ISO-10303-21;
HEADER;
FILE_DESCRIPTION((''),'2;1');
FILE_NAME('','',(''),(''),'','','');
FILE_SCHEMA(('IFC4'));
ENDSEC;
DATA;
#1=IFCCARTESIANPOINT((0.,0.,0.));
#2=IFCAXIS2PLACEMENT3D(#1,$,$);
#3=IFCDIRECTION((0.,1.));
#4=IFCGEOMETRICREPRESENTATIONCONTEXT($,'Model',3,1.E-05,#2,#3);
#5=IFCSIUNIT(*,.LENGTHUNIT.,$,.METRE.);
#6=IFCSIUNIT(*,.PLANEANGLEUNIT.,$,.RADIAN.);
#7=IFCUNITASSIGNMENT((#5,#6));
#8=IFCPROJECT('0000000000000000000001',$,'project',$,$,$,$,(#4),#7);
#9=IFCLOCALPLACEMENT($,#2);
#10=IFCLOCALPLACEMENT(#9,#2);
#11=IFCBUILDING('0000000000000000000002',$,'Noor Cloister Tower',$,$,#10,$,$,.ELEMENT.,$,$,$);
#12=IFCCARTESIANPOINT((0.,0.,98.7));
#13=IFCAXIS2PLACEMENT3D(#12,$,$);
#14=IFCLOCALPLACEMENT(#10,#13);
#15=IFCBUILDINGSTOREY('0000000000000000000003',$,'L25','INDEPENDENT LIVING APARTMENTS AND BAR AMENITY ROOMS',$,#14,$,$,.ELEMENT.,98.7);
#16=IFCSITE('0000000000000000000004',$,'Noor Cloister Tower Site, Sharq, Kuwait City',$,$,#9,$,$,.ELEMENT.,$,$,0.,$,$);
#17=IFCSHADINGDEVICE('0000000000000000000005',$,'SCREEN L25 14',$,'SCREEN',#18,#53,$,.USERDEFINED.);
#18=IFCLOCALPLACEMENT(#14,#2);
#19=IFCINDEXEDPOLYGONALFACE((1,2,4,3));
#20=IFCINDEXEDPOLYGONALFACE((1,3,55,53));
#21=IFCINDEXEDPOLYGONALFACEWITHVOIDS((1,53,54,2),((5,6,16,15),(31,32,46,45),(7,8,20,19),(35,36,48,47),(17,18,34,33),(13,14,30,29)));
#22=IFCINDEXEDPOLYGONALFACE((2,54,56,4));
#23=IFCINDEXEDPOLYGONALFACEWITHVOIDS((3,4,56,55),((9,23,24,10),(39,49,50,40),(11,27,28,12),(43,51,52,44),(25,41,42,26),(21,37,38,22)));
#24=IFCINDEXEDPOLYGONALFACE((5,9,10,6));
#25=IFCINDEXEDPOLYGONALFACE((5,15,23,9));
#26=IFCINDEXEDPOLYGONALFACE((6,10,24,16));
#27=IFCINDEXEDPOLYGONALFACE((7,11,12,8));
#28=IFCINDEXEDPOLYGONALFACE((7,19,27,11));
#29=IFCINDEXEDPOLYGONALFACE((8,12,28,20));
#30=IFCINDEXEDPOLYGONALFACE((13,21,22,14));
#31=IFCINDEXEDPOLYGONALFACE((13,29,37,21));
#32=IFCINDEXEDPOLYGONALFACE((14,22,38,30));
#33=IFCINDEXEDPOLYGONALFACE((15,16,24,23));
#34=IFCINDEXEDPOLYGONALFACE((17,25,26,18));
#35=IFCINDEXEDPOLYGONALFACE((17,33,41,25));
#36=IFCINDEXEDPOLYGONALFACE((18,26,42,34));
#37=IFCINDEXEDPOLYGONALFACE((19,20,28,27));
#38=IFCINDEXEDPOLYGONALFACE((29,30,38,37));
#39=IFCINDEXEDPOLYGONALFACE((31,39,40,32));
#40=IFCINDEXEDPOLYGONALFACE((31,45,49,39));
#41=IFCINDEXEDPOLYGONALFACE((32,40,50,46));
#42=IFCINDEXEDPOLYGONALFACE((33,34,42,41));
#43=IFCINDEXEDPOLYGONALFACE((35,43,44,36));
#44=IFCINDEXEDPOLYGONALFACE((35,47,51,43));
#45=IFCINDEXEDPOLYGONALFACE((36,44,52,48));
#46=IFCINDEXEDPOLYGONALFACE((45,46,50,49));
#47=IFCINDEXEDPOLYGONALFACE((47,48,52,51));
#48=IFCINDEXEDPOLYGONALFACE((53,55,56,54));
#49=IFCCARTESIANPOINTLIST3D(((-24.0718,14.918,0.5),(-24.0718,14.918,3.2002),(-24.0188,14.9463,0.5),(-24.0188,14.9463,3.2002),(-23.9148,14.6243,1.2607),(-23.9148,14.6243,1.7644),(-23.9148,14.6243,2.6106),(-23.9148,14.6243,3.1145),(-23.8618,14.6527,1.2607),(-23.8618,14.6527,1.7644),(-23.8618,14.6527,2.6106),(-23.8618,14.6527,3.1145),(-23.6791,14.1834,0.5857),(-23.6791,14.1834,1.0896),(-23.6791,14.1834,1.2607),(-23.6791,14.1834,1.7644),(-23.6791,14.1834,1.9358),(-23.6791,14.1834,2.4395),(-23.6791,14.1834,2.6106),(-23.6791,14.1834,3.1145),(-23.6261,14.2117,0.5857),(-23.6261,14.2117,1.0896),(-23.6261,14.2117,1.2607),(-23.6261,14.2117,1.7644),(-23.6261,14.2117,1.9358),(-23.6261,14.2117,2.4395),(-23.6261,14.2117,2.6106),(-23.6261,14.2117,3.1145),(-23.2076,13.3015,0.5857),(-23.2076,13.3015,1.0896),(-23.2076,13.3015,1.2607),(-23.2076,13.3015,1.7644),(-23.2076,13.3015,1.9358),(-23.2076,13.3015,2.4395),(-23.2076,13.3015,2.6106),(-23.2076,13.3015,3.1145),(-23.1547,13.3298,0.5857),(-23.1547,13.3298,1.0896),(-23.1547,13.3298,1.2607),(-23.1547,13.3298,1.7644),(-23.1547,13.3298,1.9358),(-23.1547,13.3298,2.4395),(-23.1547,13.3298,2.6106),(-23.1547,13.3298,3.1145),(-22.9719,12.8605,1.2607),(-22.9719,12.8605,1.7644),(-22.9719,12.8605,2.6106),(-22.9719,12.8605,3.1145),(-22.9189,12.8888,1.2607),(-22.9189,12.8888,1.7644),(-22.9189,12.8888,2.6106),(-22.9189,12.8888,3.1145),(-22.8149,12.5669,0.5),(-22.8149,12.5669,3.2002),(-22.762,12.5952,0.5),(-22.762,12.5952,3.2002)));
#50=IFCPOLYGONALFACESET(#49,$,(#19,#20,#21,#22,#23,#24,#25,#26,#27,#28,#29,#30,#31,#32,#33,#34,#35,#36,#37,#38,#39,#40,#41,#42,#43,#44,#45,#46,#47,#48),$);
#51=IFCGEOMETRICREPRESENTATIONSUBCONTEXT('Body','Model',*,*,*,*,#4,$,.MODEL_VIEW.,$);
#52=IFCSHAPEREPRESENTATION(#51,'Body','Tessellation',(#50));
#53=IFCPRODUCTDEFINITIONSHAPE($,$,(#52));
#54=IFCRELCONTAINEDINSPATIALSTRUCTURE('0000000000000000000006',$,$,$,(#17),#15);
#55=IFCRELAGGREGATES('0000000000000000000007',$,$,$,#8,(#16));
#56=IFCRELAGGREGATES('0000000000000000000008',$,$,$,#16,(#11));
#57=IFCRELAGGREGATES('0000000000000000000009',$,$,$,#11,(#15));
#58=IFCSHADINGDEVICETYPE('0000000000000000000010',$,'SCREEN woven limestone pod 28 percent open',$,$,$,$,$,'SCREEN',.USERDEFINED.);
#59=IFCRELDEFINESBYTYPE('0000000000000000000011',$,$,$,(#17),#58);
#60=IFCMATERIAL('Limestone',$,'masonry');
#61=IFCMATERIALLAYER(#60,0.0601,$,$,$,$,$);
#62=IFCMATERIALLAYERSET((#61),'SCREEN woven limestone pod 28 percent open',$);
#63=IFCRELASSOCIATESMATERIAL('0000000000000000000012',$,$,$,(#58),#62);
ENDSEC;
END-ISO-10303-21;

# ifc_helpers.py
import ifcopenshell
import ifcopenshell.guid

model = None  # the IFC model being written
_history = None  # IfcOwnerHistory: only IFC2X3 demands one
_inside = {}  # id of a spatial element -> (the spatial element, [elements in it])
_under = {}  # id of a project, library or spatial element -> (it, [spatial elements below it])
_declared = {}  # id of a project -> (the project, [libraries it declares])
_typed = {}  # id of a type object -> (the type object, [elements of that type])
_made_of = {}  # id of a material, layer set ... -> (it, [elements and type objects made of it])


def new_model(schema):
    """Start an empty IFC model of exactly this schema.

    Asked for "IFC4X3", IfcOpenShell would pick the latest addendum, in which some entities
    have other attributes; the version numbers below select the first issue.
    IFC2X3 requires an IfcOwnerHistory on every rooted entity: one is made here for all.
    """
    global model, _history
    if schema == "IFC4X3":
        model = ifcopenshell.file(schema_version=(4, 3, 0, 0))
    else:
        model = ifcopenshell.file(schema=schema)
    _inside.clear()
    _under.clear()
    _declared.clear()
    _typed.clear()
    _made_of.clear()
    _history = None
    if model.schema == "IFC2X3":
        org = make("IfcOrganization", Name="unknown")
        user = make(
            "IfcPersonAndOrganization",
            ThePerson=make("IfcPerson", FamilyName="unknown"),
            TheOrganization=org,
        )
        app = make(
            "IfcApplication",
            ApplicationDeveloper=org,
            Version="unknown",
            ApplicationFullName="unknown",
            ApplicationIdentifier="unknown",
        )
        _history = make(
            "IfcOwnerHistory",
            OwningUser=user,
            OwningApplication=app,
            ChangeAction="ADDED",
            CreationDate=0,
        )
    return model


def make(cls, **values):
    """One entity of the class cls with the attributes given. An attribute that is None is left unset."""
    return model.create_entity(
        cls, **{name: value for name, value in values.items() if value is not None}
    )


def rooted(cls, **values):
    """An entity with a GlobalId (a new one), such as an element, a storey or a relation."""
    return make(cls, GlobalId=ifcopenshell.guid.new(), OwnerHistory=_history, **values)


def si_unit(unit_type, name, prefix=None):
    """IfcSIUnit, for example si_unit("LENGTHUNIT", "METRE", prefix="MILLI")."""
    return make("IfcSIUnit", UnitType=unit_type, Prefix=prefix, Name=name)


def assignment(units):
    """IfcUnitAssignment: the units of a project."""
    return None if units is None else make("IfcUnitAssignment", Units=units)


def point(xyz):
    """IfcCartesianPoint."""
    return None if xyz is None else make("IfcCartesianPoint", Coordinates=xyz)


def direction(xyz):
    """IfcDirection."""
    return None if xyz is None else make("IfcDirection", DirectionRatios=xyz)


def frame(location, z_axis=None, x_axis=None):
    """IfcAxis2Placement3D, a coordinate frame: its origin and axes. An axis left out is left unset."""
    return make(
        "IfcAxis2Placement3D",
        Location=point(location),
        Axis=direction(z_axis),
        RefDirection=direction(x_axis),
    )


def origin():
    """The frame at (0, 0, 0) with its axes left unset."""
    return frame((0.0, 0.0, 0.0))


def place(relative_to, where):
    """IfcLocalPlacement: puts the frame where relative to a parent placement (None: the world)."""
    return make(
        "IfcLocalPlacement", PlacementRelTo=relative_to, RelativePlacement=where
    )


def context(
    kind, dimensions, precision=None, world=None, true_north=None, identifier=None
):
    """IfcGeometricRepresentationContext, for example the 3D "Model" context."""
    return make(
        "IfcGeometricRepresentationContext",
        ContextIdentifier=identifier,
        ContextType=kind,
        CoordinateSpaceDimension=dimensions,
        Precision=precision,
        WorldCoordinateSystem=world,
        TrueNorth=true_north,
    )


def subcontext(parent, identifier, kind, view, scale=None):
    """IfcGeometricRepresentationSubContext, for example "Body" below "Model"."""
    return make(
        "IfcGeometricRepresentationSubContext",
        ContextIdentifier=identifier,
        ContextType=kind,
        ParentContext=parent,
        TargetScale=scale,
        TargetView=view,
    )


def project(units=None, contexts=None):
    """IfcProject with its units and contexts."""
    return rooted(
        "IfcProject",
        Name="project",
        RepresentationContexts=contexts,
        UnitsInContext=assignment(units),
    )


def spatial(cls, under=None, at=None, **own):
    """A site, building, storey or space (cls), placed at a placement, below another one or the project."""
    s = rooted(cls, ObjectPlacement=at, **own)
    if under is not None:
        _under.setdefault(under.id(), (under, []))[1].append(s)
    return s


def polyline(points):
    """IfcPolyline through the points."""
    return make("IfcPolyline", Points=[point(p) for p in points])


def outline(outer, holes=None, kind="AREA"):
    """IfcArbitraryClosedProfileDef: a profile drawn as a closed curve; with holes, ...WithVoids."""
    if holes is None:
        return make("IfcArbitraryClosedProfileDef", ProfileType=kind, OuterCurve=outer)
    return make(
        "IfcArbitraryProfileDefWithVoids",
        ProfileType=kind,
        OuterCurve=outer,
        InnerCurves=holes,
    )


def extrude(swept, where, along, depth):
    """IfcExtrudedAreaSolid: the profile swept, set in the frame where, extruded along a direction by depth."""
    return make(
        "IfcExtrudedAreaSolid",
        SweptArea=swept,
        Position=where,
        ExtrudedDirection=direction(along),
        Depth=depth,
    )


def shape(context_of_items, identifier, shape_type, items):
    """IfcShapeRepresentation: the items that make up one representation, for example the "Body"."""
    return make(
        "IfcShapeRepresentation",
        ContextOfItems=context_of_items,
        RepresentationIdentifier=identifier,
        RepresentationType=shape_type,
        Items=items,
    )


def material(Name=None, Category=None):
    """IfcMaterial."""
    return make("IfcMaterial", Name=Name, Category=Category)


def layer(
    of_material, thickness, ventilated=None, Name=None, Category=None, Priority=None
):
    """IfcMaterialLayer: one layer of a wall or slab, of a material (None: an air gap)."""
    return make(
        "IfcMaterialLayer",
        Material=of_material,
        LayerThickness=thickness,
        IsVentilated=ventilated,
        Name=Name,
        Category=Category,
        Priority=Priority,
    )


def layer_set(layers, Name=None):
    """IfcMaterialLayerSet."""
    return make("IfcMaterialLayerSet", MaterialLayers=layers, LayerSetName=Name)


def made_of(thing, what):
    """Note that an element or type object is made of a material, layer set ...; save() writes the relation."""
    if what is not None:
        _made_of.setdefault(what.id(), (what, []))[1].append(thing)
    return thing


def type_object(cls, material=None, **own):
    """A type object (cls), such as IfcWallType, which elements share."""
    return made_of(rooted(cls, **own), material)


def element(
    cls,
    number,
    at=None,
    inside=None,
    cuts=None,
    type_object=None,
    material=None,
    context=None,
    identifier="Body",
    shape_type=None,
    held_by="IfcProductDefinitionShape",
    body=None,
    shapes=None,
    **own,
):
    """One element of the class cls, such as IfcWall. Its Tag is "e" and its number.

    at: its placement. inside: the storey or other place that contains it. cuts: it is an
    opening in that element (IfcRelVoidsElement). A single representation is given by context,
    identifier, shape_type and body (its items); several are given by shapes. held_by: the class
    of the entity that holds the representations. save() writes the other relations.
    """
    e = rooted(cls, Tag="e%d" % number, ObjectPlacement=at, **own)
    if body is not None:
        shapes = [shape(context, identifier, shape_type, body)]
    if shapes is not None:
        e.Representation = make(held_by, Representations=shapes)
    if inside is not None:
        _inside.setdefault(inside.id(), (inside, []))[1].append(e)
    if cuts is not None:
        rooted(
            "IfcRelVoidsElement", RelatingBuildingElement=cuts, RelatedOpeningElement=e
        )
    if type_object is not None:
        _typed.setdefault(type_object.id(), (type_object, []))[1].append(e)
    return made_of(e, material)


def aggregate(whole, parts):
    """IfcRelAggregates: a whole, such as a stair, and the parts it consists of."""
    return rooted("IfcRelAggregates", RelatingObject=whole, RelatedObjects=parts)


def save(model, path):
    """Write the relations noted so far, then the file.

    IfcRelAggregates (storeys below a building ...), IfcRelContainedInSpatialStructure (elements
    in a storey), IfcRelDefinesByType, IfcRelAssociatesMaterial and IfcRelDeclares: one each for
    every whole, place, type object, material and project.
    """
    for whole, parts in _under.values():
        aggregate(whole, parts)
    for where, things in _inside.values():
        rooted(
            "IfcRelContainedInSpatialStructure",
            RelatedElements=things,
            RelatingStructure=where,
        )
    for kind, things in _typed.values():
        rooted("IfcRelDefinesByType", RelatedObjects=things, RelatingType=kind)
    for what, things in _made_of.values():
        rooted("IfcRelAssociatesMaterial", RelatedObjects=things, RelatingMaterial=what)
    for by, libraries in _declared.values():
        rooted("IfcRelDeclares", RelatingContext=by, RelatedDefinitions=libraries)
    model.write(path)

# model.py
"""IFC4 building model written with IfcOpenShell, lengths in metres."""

from ifc_helpers import new_model, si_unit, direction, frame, origin, place, context, subcontext, project, spatial, polyline, outline, extrude, material, layer, layer_set, type_object, element, save


model = new_model("IFC4")

# Units and contexts
model_context = context("Model", 3, precision=1e-05, world=origin(), true_north=direction((0.0, 1.0)))
body_context = subcontext(model_context, "Body", "Model", "MODEL_VIEW")
ifc_project = project(units=[si_unit("LENGTHUNIT", "METRE"), si_unit("PLANEANGLEUNIT", "RADIAN")], contexts=[model_context])

# Site, building, storey
site_placement = place(None, origin())
site = spatial("IfcSite", under=ifc_project, at=site_placement, Name="Noor Cloister Tower Site, Sharq, Kuwait City", CompositionType="ELEMENT", RefElevation=0.0)
building_placement = place(site_placement, origin())
building = spatial("IfcBuilding", under=site, at=building_placement, Name="Noor Cloister Tower", CompositionType="ELEMENT")
storey_placement = place(building_placement, frame((0.0, 0.0, 98.7)))
storey = spatial("IfcBuildingStorey", under=building, at=storey_placement, Name="L25", Description="INDEPENDENT LIVING APARTMENTS AND BAR AMENITY ROOMS", CompositionType="ELEMENT", Elevation=98.7)

# Shading device
ifc_material_1 = material(Name="Limestone", Category="masonry")
ifc_layer_1 = layer(ifc_material_1, 0.0601)
ifc_layer_set_1 = layer_set([ifc_layer_1], Name="SCREEN woven limestone pod 28 percent open")
shading_device_type = type_object("IfcShadingDeviceType", Name="SCREEN woven limestone pod 28 percent open", ElementType="SCREEN", PredefinedType="USERDEFINED", material=ifc_layer_set_1)
shading_device_1_placement = place(storey_placement, frame((-23.3904, 13.7708, 1.8501), z_axis=(-0.881903, -0.471432, 0.0), x_axis=(0.471432, -0.881903, 0.0)))
element("IfcShadingDevice", 1, at=shading_device_1_placement, inside=storey, type_object=shading_device_type, Name="SCREEN L25 14", ObjectType="SCREEN", PredefinedType="USERDEFINED", context=body_context, shape_type="SweptSolid", body=[
    extrude(outline(polyline([(-1.333, -1.3501), (1.333, -1.3501), (1.333, 1.3501), (-1.333, 1.3501), (-1.333, -1.3501)]), holes=[polyline([(-0.5, -1.2644), (0.5, -1.2644), (0.5, -0.7605), (-0.5, -0.7605), (-0.5, -1.2644)]), polyline([(-1.0, -0.5894), (-0.5, -0.5894), (-0.5, -0.0857), (-1.0, -0.0857), (-1.0, -0.5894)]), polyline([(0.5, -0.5894), (1.0, -0.5894), (1.0, -0.0857), (0.5, -0.0857), (0.5, -0.5894)]), polyline([(-0.5, 0.0857), (0.5, 0.0857), (0.5, 0.5894), (-0.5, 0.5894), (-0.5, 0.0857)]), polyline([(-1.0, 0.7605), (-0.5, 0.7605), (-0.5, 1.2644), (-1.0, 1.2644), (-1.0, 0.7605)]), polyline([(0.5, 0.7605), (1.0, 0.7605), (1.0, 1.2644), (0.5, 1.2644), (0.5, 0.7605)])]), origin(), (0.0, 0.0, 1.0), 0.0601),
])

save(model, "model.ifc")
